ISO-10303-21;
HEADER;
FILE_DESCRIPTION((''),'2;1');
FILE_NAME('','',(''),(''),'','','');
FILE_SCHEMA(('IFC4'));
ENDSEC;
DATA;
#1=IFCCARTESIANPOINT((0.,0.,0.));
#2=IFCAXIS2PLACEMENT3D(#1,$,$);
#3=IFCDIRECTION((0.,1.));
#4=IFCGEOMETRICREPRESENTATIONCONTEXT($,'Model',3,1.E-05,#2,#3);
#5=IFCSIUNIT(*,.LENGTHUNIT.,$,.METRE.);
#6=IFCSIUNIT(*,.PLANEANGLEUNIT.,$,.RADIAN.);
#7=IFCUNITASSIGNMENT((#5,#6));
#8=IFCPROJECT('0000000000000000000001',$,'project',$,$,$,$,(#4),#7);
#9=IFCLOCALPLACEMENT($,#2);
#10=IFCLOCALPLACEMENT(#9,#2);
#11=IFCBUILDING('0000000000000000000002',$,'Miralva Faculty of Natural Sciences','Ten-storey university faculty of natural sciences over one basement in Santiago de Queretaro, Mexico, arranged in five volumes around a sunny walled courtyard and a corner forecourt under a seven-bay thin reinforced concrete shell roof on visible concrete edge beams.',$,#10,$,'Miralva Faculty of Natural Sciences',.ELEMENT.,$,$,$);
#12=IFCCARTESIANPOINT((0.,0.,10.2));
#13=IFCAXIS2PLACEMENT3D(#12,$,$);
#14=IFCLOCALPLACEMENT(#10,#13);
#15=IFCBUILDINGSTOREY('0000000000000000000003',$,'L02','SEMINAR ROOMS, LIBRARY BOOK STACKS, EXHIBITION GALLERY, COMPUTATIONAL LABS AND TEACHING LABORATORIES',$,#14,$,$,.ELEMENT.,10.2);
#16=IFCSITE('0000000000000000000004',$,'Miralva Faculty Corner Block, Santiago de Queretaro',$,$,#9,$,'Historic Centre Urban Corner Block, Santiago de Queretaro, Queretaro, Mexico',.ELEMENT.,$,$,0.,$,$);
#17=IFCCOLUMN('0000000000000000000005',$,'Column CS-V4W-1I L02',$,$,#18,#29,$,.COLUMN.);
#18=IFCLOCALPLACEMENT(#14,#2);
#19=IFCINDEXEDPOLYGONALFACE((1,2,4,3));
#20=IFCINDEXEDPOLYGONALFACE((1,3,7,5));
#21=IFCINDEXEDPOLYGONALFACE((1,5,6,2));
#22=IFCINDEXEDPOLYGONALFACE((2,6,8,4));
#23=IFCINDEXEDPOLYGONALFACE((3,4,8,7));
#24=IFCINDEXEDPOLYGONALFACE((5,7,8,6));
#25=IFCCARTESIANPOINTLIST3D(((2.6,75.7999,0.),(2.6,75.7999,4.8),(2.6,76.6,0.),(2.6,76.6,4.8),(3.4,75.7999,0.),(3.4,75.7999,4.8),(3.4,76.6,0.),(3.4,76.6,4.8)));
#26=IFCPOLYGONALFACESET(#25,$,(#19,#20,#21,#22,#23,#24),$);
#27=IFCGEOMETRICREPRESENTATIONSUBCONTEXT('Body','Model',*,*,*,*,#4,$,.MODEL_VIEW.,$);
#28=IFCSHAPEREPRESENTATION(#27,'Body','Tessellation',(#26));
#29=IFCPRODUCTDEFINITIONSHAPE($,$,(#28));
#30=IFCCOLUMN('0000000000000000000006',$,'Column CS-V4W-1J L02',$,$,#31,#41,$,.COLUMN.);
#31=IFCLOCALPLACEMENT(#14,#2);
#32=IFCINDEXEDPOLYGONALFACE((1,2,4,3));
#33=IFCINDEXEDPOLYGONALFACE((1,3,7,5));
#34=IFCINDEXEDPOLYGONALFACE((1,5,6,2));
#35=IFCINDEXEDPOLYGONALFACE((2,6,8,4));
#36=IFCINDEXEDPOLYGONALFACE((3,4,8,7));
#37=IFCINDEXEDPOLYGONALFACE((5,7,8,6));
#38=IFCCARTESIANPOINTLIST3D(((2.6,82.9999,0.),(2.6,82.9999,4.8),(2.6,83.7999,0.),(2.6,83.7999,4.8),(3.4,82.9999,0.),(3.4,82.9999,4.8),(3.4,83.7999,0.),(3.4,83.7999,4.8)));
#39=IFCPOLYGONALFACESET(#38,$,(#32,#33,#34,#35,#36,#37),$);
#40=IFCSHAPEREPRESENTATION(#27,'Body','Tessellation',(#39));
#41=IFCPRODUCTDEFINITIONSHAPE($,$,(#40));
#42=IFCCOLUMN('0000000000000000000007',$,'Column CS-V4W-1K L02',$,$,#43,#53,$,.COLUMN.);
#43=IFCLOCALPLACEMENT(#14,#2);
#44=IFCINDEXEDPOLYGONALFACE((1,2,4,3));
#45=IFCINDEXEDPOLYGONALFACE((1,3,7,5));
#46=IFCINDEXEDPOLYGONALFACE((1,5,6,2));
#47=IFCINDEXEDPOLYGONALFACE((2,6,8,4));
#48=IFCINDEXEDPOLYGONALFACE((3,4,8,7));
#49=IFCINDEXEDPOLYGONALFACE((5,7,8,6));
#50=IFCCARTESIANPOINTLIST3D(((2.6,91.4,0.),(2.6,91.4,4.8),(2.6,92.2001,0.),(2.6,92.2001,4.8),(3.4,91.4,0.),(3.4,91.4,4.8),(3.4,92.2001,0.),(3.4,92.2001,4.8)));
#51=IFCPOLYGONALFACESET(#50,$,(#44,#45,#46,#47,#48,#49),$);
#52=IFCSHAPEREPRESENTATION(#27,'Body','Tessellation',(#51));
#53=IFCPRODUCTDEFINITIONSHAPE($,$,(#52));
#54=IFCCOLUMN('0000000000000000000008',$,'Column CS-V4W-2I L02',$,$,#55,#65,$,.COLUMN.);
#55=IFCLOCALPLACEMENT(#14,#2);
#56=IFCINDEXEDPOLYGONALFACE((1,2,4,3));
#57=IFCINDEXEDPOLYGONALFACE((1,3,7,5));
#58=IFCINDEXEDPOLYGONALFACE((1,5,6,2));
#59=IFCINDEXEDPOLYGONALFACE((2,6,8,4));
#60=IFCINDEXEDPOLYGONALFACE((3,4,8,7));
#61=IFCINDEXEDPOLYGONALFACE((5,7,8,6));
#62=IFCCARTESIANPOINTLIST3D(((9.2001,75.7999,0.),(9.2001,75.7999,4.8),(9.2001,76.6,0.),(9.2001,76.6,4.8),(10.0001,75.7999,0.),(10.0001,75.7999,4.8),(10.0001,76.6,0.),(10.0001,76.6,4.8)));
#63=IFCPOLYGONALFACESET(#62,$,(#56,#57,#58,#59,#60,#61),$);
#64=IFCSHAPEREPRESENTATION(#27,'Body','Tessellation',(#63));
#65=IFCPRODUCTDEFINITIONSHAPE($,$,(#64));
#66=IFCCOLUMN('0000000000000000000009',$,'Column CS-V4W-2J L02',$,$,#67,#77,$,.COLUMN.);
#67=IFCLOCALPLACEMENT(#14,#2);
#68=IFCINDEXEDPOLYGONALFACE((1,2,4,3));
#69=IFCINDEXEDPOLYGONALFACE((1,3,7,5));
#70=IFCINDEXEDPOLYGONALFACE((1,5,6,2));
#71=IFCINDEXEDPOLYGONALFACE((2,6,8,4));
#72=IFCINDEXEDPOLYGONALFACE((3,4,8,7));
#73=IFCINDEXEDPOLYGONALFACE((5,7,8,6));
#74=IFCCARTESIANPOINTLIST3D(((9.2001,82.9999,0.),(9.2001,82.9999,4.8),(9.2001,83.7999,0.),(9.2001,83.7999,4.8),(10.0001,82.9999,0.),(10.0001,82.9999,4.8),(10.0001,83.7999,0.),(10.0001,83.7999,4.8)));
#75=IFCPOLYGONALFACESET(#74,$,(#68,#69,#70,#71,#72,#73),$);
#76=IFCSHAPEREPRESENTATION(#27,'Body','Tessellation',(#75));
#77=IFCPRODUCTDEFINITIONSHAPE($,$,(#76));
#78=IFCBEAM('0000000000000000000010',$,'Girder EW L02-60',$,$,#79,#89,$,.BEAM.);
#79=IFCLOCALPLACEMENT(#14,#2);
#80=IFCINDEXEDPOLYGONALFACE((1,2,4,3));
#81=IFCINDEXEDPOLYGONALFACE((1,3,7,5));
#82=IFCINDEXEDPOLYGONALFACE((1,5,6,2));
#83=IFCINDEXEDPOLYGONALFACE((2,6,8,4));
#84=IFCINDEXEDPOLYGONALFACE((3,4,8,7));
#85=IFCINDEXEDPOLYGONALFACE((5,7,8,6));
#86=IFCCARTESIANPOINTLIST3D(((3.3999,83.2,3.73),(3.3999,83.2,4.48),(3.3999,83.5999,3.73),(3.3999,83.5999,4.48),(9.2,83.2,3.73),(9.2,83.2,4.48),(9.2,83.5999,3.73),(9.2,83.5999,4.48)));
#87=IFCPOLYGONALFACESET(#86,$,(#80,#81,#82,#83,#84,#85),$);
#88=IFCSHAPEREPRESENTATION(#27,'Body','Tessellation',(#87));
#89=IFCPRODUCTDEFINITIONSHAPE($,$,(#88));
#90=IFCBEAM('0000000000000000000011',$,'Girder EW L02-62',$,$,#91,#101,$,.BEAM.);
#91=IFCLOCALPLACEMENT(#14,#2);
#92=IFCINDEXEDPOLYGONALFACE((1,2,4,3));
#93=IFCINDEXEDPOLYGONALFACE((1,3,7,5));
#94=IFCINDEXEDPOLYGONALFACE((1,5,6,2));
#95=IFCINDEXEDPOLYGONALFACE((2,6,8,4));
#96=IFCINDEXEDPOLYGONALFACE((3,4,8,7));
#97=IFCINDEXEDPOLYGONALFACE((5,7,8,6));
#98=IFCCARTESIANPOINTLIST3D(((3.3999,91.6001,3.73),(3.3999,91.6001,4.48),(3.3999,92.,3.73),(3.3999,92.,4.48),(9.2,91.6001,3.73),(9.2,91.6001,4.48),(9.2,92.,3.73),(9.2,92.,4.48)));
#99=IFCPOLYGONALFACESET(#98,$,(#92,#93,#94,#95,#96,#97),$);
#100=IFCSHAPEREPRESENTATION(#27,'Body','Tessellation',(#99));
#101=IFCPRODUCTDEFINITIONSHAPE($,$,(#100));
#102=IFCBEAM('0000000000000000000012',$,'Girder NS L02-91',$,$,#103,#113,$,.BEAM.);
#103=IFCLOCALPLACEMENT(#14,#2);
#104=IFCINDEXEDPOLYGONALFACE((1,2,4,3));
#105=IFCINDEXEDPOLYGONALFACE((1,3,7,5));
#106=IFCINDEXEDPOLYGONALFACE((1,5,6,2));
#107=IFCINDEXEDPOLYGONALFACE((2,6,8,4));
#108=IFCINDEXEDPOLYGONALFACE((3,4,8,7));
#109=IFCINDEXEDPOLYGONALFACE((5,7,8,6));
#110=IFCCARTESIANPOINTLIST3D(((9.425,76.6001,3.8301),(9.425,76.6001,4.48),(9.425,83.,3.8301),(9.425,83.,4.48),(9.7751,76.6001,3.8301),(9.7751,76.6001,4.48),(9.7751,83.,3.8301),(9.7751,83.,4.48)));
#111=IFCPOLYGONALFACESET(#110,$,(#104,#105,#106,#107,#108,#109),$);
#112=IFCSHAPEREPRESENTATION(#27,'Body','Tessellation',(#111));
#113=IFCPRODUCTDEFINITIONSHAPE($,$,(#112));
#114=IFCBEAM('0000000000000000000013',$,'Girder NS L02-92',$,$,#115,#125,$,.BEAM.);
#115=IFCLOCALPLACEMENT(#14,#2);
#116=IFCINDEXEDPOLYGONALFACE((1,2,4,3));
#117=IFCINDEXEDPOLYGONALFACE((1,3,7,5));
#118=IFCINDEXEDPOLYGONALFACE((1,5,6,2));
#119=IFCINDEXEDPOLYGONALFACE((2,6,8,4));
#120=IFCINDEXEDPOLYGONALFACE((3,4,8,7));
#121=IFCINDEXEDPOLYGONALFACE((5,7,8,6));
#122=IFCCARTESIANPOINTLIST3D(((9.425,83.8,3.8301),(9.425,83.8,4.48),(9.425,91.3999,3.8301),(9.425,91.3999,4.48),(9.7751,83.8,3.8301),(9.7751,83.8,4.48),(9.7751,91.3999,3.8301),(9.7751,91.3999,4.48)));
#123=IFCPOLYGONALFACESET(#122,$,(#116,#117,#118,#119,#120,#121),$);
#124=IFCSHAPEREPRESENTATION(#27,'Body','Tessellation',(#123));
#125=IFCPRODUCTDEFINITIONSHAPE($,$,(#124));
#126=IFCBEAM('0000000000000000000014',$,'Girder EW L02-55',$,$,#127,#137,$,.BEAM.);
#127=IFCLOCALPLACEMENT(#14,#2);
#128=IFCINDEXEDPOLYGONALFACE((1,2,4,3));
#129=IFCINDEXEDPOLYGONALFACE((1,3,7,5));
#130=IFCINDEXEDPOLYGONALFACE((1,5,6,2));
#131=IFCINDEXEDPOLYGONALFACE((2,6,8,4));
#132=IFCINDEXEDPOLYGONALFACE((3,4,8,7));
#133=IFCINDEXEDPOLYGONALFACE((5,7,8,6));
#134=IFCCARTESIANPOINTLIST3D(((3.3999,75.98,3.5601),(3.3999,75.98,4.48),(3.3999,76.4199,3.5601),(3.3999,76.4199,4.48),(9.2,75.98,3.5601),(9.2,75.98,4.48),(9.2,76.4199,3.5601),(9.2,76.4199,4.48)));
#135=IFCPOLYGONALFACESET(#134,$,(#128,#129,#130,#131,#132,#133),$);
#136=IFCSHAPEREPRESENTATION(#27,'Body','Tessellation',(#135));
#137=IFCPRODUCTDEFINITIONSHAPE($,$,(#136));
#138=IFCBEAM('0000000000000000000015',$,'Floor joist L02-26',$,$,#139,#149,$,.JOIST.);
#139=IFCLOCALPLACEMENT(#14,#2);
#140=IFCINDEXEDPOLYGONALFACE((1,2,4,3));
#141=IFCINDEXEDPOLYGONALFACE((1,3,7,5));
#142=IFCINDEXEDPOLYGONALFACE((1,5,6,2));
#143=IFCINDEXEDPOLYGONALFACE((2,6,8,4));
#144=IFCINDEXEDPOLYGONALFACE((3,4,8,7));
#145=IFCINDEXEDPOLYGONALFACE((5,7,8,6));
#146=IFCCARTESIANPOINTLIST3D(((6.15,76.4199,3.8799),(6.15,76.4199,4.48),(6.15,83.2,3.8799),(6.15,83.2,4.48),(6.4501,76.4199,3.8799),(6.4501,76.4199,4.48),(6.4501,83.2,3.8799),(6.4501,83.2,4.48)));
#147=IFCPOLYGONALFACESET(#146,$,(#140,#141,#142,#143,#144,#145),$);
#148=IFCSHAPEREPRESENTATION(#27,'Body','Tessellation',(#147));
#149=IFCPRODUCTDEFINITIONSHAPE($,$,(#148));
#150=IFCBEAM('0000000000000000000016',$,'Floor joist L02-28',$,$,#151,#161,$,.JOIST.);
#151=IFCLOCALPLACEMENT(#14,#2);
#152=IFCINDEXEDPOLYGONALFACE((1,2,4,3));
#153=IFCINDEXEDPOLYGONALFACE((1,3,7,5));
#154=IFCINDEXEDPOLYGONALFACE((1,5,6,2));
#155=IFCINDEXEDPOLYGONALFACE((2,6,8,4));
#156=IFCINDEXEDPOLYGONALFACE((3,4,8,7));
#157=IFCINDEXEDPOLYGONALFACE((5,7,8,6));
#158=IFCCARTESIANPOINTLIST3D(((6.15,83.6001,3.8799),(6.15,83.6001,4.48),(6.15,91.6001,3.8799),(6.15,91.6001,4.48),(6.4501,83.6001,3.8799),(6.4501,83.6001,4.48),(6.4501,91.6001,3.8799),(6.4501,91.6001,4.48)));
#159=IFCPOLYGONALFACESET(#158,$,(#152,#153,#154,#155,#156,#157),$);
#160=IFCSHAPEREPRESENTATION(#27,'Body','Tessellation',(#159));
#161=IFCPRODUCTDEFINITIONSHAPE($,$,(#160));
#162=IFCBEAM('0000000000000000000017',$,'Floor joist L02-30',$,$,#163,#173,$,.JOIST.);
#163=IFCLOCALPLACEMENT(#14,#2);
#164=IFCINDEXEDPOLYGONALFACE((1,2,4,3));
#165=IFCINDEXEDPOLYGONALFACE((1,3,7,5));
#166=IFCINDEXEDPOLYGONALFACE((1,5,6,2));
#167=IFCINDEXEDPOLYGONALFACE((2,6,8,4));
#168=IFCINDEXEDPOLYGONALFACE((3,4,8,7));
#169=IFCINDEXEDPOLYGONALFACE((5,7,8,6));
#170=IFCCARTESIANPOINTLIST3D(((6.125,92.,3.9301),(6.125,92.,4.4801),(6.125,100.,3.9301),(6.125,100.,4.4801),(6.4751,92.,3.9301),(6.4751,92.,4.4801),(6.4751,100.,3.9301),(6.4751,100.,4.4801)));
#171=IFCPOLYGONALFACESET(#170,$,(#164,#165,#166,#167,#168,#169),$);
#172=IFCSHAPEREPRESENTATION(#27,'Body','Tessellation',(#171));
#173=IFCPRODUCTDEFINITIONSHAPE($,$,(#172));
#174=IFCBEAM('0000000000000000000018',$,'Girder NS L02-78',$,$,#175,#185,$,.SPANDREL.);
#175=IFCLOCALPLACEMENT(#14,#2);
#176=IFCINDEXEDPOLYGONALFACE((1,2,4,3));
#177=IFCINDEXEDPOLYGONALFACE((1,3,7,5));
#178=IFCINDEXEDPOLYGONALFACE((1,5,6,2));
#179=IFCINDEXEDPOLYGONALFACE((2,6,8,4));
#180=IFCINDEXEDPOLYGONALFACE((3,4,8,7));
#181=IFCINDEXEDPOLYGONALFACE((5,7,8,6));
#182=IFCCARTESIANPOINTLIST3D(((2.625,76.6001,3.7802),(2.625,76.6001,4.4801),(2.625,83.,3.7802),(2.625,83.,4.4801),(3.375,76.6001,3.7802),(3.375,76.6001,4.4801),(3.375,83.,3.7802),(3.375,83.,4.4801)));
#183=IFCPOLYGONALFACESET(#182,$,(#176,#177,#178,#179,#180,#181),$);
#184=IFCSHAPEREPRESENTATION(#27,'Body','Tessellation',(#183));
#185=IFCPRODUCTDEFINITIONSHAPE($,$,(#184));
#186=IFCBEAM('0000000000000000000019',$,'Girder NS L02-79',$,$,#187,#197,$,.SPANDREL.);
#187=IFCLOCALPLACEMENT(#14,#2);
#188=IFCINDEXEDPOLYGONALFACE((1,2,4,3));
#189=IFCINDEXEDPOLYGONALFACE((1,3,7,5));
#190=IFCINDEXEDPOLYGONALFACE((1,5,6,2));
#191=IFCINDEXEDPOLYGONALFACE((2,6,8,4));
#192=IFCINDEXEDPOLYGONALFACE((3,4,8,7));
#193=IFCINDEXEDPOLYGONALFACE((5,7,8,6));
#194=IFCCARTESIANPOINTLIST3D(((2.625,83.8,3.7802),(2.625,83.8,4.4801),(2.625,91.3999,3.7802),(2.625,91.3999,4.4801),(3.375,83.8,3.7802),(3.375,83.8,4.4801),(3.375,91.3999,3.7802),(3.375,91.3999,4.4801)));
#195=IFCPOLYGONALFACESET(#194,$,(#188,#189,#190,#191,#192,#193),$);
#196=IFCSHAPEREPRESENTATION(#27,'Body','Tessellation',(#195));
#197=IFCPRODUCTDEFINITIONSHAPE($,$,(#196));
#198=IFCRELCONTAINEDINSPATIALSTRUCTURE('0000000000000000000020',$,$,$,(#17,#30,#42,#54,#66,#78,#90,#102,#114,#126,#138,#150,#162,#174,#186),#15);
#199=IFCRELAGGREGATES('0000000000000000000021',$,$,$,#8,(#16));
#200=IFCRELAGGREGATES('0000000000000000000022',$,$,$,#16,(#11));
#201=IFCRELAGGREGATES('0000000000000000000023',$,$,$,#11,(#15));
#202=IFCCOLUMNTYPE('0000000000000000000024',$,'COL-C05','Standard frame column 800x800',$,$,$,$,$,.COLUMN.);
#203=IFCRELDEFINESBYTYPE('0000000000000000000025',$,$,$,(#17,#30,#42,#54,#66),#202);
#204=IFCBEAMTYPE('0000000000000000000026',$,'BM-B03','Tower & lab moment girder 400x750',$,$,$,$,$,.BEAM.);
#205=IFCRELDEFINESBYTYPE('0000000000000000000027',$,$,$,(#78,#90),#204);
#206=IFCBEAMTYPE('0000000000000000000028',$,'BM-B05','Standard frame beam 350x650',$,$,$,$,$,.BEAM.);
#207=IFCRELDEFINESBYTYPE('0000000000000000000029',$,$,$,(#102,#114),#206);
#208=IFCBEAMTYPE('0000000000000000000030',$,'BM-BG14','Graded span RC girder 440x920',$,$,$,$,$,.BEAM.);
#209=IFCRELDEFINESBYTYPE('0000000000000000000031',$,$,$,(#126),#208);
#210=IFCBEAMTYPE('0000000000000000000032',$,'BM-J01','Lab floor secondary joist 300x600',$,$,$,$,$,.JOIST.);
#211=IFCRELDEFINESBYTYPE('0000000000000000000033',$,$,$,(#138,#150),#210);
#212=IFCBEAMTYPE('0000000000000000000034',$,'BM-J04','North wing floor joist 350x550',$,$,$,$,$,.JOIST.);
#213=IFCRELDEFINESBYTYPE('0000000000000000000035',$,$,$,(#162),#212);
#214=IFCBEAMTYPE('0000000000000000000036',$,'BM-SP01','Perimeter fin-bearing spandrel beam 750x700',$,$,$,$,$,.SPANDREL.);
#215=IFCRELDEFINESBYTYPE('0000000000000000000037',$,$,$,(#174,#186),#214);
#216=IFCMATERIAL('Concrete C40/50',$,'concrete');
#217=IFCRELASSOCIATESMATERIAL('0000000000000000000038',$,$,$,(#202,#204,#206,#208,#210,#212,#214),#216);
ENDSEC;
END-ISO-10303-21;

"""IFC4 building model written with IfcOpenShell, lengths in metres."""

from ifc_helpers import new_model, si_unit, direction, frame, origin, origin_2d, place, context, subcontext, project, spatial, rectangle, extrude, material, material_profile, profile_set, type_object, element, save


model = new_model("IFC4")

# Units and contexts
model_context = context("Model", 3, precision=1e-05, world=origin(), true_north=direction((0.0, 1.0)))
body_context = subcontext(model_context, "Body", "Model", "MODEL_VIEW")
ifc_project = project(units=[si_unit("LENGTHUNIT", "METRE"), si_unit("PLANEANGLEUNIT", "RADIAN")], contexts=[model_context])

# Site, building, storey
site_placement = place(None, origin())
site = spatial("IfcSite", under=ifc_project, at=site_placement, Name="Miralva Faculty Corner Block, Santiago de Queretaro", LongName="Historic Centre Urban Corner Block, Santiago de Queretaro, Queretaro, Mexico", CompositionType="ELEMENT", RefElevation=0.0)
building_placement = place(site_placement, origin())
building = spatial("IfcBuilding", under=site, at=building_placement, Name="Miralva Faculty of Natural Sciences", Description="Ten-storey university faculty of natural sciences over one basement in Santiago de Queretaro, Mexico, arranged in five volumes around a sunny walled courtyard and a corner forecourt under a seven-bay thin reinforced concrete shell roof on visible concrete edge beams.", LongName="Miralva Faculty of Natural Sciences", CompositionType="ELEMENT")
storey_placement = place(building_placement, frame((0.0, 0.0, 10.2)))
storey = spatial("IfcBuildingStorey", under=building, at=storey_placement, Name="L02", Description="SEMINAR ROOMS, LIBRARY BOOK STACKS, EXHIBITION GALLERY, COMPUTATIONAL LABS AND TEACHING LABORATORIES", CompositionType="ELEMENT", Elevation=10.2)

# Columns
ifc_material_1 = material(Name="Concrete C40/50", Category="concrete")
ifc_material_profile_1 = material_profile(ifc_material_1, rectangle(XDim=0.8, YDim=0.8, at=origin_2d()), Name="RC 800x800")
ifc_profile_set_1 = profile_set([ifc_material_profile_1], Name="Concrete C40/50")
column_type = type_object("IfcColumnType", Name="COL-C05", Description="Standard frame column 800x800", PredefinedType="COLUMN", material=ifc_profile_set_1)
for number, where, z_axis, x_axis, name in (
    (1, (3.0, 76.2, 0.0), (0.0, 0.0, 1.0), (1.0, 0.0, 0.0), "Column CS-V4W-1I L02"),
    (2, (3.0, 83.3999, 0.0), (0.0, 0.0, 1.0), (1.0, 0.0, 0.0), "Column CS-V4W-1J L02"),
    (3, (3.0, 91.8, 0.0), (0.0, 0.0, 1.0), (1.0, 0.0, 0.0), "Column CS-V4W-1K L02"),
    (4, (9.6001, 76.2, 0.0), (0.0, 0.0, 1.0), (1.0, 0.0, 0.0), "Column CS-V4W-2I L02"),
    (5, (9.6001, 83.3999, 0.0), (0.0, 0.0, 1.0), (1.0, 0.0, 0.0), "Column CS-V4W-2J L02"),
):
    element("IfcColumn", number, at=place(storey_placement, frame(where, z_axis=z_axis, x_axis=x_axis)), inside=storey, type_object=column_type, Name=name, PredefinedType="COLUMN", context=body_context, shape_type="SweptSolid", body=[
        extrude(rectangle(XDim=0.8, YDim=0.8, at=origin_2d()), origin(), (0.0, 0.0, 1.0), 4.8),
    ])

# Beams
ifc_material_profile_2 = material_profile(ifc_material_1, rectangle(XDim=0.3999, YDim=0.75, at=origin_2d()), Name="RC 400x750")
ifc_profile_set_2 = profile_set([ifc_material_profile_2], Name="Concrete C40/50")
beam_type_1 = type_object("IfcBeamType", Name="BM-B03", Description="Tower & lab moment girder 400x750", PredefinedType="BEAM", material=ifc_profile_set_2)
for number, where, z_axis, x_axis, name in (
    (6, (3.3999, 83.3999, 4.105), (1.0, 0.0, 0.0), (0.0, 1.0, 0.0), "Girder EW L02-60"),
    (7, (3.3999, 91.8, 4.105), (1.0, 0.0, 0.0), (0.0, 1.0, 0.0), "Girder EW L02-62"),
):
    element("IfcBeam", number, at=place(storey_placement, frame(where, z_axis=z_axis, x_axis=x_axis)), inside=storey, type_object=beam_type_1, Name=name, PredefinedType="BEAM", context=body_context, shape_type="SweptSolid", body=[
        extrude(rectangle(XDim=0.3999, YDim=0.75, at=origin_2d()), origin(), (0.0, 0.0, 1.0), 5.8),
    ])
ifc_material_profile_3 = material_profile(ifc_material_1, rectangle(XDim=0.3501, YDim=0.6499, at=origin_2d()), Name="RC 350x650")
ifc_profile_set_3 = profile_set([ifc_material_profile_3], Name="Concrete C40/50")
beam_type_2 = type_object("IfcBeamType", Name="BM-B05", Description="Standard frame beam 350x650", PredefinedType="BEAM", material=ifc_profile_set_3)
beam_1_placement = place(storey_placement, frame((9.6001, 76.6001, 4.155), z_axis=(0.0, 1.0, 0.0), x_axis=(-1.0, 0.0, 0.0)))
element("IfcBeam", 8, at=beam_1_placement, inside=storey, type_object=beam_type_2, Name="Girder NS L02-91", PredefinedType="BEAM", context=body_context, shape_type="SweptSolid", body=[
    extrude(rectangle(XDim=0.3501, YDim=0.6499, at=origin_2d()), origin(), (0.0, 0.0, 1.0), 6.3999),
])
beam_2_placement = place(storey_placement, frame((9.6001, 83.8, 4.155), z_axis=(0.0, 1.0, 0.0), x_axis=(-1.0, 0.0, 0.0)))
element("IfcBeam", 9, at=beam_2_placement, inside=storey, type_object=beam_type_2, Name="Girder NS L02-92", PredefinedType="BEAM", context=body_context, shape_type="SweptSolid", body=[
    extrude(rectangle(XDim=0.3501, YDim=0.6499, at=origin_2d()), origin(), (0.0, 0.0, 1.0), 7.5999),
])
ifc_material_profile_4 = material_profile(ifc_material_1, rectangle(XDim=0.4399, YDim=0.9199, at=origin_2d()), Name="RC 440x920")
ifc_profile_set_4 = profile_set([ifc_material_profile_4], Name="Concrete C40/50")
beam_type_3 = type_object("IfcBeamType", Name="BM-BG14", Description="Graded span RC girder 440x920", PredefinedType="BEAM", material=ifc_profile_set_4)
beam_3_placement = place(storey_placement, frame((3.3999, 76.2, 4.02), z_axis=(1.0, 0.0, 0.0), x_axis=(0.0, 1.0, 0.0)))
element("IfcBeam", 10, at=beam_3_placement, inside=storey, type_object=beam_type_3, Name="Girder EW L02-55", PredefinedType="BEAM", context=body_context, shape_type="SweptSolid", body=[
    extrude(rectangle(XDim=0.4399, YDim=0.9199, at=origin_2d()), origin(), (0.0, 0.0, 1.0), 5.8),
])
ifc_material_profile_5 = material_profile(ifc_material_1, rectangle(XDim=0.3, YDim=0.6001, at=origin_2d()), Name="RC 300x600")
ifc_profile_set_5 = profile_set([ifc_material_profile_5], Name="Concrete C40/50")
beam_type_4 = type_object("IfcBeamType", Name="BM-J01", Description="Lab floor secondary joist 300x600", PredefinedType="JOIST", material=ifc_profile_set_5)
beam_4_placement = place(storey_placement, frame((6.3, 76.4199, 4.1799), z_axis=(0.0, 1.0, 0.0), x_axis=(-1.0, 0.0, 0.0)))
element("IfcBeam", 11, at=beam_4_placement, inside=storey, type_object=beam_type_4, Name="Floor joist L02-26", PredefinedType="JOIST", context=body_context, shape_type="SweptSolid", body=[
    extrude(rectangle(XDim=0.3, YDim=0.6001, at=origin_2d()), origin(), (0.0, 0.0, 1.0), 6.78),
])
beam_5_placement = place(storey_placement, frame((6.3, 83.6001, 4.1799), z_axis=(0.0, 1.0, 0.0), x_axis=(-1.0, 0.0, 0.0)))
element("IfcBeam", 12, at=beam_5_placement, inside=storey, type_object=beam_type_4, Name="Floor joist L02-28", PredefinedType="JOIST", context=body_context, shape_type="SweptSolid", body=[
    extrude(rectangle(XDim=0.3, YDim=0.6001, at=origin_2d()), origin(), (0.0, 0.0, 1.0), 8.0),
])
ifc_material_profile_6 = material_profile(ifc_material_1, rectangle(XDim=0.3501, YDim=0.55, at=origin_2d()), Name="RC 350x550")
ifc_profile_set_6 = profile_set([ifc_material_profile_6], Name="Concrete C40/50")
beam_type_5 = type_object("IfcBeamType", Name="BM-J04", Description="North wing floor joist 350x550", PredefinedType="JOIST", material=ifc_profile_set_6)
beam_6_placement = place(storey_placement, frame((6.3, 92.0, 4.2051), z_axis=(0.0, 1.0, 0.0), x_axis=(-1.0, 0.0, 0.0)))
element("IfcBeam", 13, at=beam_6_placement, inside=storey, type_object=beam_type_5, Name="Floor joist L02-30", PredefinedType="JOIST", context=body_context, shape_type="SweptSolid", body=[
    extrude(rectangle(XDim=0.3501, YDim=0.55, at=origin_2d()), origin(), (0.0, 0.0, 1.0), 8.0),
])
ifc_material_profile_7 = material_profile(ifc_material_1, rectangle(XDim=0.75, YDim=0.7, at=origin_2d()), Name="RC 750x700")
ifc_profile_set_7 = profile_set([ifc_material_profile_7], Name="Concrete C40/50")
beam_type_6 = type_object("IfcBeamType", Name="BM-SP01", Description="Perimeter fin-bearing spandrel beam 750x700", PredefinedType="SPANDREL", material=ifc_profile_set_7)
beam_7_placement = place(storey_placement, frame((3.0, 76.6001, 4.1301), z_axis=(0.0, 1.0, 0.0), x_axis=(-1.0, 0.0, 0.0)))
element("IfcBeam", 14, at=beam_7_placement, inside=storey, type_object=beam_type_6, Name="Girder NS L02-78", PredefinedType="SPANDREL", context=body_context, shape_type="SweptSolid", body=[
    extrude(rectangle(XDim=0.75, YDim=0.7, at=origin_2d()), origin(), (0.0, 0.0, 1.0), 6.3999),
])
beam_8_placement = place(storey_placement, frame((3.0, 83.8, 4.1301), z_axis=(0.0, 1.0, 0.0), x_axis=(-1.0, 0.0, 0.0)))
element("IfcBeam", 15, at=beam_8_placement, inside=storey, type_object=beam_type_6, Name="Girder NS L02-79", PredefinedType="SPANDREL", context=body_context, shape_type="SweptSolid", body=[
    extrude(rectangle(XDim=0.75, YDim=0.7, at=origin_2d()), origin(), (0.0, 0.0, 1.0), 7.5999),
])

save(model, "model.ifc")
